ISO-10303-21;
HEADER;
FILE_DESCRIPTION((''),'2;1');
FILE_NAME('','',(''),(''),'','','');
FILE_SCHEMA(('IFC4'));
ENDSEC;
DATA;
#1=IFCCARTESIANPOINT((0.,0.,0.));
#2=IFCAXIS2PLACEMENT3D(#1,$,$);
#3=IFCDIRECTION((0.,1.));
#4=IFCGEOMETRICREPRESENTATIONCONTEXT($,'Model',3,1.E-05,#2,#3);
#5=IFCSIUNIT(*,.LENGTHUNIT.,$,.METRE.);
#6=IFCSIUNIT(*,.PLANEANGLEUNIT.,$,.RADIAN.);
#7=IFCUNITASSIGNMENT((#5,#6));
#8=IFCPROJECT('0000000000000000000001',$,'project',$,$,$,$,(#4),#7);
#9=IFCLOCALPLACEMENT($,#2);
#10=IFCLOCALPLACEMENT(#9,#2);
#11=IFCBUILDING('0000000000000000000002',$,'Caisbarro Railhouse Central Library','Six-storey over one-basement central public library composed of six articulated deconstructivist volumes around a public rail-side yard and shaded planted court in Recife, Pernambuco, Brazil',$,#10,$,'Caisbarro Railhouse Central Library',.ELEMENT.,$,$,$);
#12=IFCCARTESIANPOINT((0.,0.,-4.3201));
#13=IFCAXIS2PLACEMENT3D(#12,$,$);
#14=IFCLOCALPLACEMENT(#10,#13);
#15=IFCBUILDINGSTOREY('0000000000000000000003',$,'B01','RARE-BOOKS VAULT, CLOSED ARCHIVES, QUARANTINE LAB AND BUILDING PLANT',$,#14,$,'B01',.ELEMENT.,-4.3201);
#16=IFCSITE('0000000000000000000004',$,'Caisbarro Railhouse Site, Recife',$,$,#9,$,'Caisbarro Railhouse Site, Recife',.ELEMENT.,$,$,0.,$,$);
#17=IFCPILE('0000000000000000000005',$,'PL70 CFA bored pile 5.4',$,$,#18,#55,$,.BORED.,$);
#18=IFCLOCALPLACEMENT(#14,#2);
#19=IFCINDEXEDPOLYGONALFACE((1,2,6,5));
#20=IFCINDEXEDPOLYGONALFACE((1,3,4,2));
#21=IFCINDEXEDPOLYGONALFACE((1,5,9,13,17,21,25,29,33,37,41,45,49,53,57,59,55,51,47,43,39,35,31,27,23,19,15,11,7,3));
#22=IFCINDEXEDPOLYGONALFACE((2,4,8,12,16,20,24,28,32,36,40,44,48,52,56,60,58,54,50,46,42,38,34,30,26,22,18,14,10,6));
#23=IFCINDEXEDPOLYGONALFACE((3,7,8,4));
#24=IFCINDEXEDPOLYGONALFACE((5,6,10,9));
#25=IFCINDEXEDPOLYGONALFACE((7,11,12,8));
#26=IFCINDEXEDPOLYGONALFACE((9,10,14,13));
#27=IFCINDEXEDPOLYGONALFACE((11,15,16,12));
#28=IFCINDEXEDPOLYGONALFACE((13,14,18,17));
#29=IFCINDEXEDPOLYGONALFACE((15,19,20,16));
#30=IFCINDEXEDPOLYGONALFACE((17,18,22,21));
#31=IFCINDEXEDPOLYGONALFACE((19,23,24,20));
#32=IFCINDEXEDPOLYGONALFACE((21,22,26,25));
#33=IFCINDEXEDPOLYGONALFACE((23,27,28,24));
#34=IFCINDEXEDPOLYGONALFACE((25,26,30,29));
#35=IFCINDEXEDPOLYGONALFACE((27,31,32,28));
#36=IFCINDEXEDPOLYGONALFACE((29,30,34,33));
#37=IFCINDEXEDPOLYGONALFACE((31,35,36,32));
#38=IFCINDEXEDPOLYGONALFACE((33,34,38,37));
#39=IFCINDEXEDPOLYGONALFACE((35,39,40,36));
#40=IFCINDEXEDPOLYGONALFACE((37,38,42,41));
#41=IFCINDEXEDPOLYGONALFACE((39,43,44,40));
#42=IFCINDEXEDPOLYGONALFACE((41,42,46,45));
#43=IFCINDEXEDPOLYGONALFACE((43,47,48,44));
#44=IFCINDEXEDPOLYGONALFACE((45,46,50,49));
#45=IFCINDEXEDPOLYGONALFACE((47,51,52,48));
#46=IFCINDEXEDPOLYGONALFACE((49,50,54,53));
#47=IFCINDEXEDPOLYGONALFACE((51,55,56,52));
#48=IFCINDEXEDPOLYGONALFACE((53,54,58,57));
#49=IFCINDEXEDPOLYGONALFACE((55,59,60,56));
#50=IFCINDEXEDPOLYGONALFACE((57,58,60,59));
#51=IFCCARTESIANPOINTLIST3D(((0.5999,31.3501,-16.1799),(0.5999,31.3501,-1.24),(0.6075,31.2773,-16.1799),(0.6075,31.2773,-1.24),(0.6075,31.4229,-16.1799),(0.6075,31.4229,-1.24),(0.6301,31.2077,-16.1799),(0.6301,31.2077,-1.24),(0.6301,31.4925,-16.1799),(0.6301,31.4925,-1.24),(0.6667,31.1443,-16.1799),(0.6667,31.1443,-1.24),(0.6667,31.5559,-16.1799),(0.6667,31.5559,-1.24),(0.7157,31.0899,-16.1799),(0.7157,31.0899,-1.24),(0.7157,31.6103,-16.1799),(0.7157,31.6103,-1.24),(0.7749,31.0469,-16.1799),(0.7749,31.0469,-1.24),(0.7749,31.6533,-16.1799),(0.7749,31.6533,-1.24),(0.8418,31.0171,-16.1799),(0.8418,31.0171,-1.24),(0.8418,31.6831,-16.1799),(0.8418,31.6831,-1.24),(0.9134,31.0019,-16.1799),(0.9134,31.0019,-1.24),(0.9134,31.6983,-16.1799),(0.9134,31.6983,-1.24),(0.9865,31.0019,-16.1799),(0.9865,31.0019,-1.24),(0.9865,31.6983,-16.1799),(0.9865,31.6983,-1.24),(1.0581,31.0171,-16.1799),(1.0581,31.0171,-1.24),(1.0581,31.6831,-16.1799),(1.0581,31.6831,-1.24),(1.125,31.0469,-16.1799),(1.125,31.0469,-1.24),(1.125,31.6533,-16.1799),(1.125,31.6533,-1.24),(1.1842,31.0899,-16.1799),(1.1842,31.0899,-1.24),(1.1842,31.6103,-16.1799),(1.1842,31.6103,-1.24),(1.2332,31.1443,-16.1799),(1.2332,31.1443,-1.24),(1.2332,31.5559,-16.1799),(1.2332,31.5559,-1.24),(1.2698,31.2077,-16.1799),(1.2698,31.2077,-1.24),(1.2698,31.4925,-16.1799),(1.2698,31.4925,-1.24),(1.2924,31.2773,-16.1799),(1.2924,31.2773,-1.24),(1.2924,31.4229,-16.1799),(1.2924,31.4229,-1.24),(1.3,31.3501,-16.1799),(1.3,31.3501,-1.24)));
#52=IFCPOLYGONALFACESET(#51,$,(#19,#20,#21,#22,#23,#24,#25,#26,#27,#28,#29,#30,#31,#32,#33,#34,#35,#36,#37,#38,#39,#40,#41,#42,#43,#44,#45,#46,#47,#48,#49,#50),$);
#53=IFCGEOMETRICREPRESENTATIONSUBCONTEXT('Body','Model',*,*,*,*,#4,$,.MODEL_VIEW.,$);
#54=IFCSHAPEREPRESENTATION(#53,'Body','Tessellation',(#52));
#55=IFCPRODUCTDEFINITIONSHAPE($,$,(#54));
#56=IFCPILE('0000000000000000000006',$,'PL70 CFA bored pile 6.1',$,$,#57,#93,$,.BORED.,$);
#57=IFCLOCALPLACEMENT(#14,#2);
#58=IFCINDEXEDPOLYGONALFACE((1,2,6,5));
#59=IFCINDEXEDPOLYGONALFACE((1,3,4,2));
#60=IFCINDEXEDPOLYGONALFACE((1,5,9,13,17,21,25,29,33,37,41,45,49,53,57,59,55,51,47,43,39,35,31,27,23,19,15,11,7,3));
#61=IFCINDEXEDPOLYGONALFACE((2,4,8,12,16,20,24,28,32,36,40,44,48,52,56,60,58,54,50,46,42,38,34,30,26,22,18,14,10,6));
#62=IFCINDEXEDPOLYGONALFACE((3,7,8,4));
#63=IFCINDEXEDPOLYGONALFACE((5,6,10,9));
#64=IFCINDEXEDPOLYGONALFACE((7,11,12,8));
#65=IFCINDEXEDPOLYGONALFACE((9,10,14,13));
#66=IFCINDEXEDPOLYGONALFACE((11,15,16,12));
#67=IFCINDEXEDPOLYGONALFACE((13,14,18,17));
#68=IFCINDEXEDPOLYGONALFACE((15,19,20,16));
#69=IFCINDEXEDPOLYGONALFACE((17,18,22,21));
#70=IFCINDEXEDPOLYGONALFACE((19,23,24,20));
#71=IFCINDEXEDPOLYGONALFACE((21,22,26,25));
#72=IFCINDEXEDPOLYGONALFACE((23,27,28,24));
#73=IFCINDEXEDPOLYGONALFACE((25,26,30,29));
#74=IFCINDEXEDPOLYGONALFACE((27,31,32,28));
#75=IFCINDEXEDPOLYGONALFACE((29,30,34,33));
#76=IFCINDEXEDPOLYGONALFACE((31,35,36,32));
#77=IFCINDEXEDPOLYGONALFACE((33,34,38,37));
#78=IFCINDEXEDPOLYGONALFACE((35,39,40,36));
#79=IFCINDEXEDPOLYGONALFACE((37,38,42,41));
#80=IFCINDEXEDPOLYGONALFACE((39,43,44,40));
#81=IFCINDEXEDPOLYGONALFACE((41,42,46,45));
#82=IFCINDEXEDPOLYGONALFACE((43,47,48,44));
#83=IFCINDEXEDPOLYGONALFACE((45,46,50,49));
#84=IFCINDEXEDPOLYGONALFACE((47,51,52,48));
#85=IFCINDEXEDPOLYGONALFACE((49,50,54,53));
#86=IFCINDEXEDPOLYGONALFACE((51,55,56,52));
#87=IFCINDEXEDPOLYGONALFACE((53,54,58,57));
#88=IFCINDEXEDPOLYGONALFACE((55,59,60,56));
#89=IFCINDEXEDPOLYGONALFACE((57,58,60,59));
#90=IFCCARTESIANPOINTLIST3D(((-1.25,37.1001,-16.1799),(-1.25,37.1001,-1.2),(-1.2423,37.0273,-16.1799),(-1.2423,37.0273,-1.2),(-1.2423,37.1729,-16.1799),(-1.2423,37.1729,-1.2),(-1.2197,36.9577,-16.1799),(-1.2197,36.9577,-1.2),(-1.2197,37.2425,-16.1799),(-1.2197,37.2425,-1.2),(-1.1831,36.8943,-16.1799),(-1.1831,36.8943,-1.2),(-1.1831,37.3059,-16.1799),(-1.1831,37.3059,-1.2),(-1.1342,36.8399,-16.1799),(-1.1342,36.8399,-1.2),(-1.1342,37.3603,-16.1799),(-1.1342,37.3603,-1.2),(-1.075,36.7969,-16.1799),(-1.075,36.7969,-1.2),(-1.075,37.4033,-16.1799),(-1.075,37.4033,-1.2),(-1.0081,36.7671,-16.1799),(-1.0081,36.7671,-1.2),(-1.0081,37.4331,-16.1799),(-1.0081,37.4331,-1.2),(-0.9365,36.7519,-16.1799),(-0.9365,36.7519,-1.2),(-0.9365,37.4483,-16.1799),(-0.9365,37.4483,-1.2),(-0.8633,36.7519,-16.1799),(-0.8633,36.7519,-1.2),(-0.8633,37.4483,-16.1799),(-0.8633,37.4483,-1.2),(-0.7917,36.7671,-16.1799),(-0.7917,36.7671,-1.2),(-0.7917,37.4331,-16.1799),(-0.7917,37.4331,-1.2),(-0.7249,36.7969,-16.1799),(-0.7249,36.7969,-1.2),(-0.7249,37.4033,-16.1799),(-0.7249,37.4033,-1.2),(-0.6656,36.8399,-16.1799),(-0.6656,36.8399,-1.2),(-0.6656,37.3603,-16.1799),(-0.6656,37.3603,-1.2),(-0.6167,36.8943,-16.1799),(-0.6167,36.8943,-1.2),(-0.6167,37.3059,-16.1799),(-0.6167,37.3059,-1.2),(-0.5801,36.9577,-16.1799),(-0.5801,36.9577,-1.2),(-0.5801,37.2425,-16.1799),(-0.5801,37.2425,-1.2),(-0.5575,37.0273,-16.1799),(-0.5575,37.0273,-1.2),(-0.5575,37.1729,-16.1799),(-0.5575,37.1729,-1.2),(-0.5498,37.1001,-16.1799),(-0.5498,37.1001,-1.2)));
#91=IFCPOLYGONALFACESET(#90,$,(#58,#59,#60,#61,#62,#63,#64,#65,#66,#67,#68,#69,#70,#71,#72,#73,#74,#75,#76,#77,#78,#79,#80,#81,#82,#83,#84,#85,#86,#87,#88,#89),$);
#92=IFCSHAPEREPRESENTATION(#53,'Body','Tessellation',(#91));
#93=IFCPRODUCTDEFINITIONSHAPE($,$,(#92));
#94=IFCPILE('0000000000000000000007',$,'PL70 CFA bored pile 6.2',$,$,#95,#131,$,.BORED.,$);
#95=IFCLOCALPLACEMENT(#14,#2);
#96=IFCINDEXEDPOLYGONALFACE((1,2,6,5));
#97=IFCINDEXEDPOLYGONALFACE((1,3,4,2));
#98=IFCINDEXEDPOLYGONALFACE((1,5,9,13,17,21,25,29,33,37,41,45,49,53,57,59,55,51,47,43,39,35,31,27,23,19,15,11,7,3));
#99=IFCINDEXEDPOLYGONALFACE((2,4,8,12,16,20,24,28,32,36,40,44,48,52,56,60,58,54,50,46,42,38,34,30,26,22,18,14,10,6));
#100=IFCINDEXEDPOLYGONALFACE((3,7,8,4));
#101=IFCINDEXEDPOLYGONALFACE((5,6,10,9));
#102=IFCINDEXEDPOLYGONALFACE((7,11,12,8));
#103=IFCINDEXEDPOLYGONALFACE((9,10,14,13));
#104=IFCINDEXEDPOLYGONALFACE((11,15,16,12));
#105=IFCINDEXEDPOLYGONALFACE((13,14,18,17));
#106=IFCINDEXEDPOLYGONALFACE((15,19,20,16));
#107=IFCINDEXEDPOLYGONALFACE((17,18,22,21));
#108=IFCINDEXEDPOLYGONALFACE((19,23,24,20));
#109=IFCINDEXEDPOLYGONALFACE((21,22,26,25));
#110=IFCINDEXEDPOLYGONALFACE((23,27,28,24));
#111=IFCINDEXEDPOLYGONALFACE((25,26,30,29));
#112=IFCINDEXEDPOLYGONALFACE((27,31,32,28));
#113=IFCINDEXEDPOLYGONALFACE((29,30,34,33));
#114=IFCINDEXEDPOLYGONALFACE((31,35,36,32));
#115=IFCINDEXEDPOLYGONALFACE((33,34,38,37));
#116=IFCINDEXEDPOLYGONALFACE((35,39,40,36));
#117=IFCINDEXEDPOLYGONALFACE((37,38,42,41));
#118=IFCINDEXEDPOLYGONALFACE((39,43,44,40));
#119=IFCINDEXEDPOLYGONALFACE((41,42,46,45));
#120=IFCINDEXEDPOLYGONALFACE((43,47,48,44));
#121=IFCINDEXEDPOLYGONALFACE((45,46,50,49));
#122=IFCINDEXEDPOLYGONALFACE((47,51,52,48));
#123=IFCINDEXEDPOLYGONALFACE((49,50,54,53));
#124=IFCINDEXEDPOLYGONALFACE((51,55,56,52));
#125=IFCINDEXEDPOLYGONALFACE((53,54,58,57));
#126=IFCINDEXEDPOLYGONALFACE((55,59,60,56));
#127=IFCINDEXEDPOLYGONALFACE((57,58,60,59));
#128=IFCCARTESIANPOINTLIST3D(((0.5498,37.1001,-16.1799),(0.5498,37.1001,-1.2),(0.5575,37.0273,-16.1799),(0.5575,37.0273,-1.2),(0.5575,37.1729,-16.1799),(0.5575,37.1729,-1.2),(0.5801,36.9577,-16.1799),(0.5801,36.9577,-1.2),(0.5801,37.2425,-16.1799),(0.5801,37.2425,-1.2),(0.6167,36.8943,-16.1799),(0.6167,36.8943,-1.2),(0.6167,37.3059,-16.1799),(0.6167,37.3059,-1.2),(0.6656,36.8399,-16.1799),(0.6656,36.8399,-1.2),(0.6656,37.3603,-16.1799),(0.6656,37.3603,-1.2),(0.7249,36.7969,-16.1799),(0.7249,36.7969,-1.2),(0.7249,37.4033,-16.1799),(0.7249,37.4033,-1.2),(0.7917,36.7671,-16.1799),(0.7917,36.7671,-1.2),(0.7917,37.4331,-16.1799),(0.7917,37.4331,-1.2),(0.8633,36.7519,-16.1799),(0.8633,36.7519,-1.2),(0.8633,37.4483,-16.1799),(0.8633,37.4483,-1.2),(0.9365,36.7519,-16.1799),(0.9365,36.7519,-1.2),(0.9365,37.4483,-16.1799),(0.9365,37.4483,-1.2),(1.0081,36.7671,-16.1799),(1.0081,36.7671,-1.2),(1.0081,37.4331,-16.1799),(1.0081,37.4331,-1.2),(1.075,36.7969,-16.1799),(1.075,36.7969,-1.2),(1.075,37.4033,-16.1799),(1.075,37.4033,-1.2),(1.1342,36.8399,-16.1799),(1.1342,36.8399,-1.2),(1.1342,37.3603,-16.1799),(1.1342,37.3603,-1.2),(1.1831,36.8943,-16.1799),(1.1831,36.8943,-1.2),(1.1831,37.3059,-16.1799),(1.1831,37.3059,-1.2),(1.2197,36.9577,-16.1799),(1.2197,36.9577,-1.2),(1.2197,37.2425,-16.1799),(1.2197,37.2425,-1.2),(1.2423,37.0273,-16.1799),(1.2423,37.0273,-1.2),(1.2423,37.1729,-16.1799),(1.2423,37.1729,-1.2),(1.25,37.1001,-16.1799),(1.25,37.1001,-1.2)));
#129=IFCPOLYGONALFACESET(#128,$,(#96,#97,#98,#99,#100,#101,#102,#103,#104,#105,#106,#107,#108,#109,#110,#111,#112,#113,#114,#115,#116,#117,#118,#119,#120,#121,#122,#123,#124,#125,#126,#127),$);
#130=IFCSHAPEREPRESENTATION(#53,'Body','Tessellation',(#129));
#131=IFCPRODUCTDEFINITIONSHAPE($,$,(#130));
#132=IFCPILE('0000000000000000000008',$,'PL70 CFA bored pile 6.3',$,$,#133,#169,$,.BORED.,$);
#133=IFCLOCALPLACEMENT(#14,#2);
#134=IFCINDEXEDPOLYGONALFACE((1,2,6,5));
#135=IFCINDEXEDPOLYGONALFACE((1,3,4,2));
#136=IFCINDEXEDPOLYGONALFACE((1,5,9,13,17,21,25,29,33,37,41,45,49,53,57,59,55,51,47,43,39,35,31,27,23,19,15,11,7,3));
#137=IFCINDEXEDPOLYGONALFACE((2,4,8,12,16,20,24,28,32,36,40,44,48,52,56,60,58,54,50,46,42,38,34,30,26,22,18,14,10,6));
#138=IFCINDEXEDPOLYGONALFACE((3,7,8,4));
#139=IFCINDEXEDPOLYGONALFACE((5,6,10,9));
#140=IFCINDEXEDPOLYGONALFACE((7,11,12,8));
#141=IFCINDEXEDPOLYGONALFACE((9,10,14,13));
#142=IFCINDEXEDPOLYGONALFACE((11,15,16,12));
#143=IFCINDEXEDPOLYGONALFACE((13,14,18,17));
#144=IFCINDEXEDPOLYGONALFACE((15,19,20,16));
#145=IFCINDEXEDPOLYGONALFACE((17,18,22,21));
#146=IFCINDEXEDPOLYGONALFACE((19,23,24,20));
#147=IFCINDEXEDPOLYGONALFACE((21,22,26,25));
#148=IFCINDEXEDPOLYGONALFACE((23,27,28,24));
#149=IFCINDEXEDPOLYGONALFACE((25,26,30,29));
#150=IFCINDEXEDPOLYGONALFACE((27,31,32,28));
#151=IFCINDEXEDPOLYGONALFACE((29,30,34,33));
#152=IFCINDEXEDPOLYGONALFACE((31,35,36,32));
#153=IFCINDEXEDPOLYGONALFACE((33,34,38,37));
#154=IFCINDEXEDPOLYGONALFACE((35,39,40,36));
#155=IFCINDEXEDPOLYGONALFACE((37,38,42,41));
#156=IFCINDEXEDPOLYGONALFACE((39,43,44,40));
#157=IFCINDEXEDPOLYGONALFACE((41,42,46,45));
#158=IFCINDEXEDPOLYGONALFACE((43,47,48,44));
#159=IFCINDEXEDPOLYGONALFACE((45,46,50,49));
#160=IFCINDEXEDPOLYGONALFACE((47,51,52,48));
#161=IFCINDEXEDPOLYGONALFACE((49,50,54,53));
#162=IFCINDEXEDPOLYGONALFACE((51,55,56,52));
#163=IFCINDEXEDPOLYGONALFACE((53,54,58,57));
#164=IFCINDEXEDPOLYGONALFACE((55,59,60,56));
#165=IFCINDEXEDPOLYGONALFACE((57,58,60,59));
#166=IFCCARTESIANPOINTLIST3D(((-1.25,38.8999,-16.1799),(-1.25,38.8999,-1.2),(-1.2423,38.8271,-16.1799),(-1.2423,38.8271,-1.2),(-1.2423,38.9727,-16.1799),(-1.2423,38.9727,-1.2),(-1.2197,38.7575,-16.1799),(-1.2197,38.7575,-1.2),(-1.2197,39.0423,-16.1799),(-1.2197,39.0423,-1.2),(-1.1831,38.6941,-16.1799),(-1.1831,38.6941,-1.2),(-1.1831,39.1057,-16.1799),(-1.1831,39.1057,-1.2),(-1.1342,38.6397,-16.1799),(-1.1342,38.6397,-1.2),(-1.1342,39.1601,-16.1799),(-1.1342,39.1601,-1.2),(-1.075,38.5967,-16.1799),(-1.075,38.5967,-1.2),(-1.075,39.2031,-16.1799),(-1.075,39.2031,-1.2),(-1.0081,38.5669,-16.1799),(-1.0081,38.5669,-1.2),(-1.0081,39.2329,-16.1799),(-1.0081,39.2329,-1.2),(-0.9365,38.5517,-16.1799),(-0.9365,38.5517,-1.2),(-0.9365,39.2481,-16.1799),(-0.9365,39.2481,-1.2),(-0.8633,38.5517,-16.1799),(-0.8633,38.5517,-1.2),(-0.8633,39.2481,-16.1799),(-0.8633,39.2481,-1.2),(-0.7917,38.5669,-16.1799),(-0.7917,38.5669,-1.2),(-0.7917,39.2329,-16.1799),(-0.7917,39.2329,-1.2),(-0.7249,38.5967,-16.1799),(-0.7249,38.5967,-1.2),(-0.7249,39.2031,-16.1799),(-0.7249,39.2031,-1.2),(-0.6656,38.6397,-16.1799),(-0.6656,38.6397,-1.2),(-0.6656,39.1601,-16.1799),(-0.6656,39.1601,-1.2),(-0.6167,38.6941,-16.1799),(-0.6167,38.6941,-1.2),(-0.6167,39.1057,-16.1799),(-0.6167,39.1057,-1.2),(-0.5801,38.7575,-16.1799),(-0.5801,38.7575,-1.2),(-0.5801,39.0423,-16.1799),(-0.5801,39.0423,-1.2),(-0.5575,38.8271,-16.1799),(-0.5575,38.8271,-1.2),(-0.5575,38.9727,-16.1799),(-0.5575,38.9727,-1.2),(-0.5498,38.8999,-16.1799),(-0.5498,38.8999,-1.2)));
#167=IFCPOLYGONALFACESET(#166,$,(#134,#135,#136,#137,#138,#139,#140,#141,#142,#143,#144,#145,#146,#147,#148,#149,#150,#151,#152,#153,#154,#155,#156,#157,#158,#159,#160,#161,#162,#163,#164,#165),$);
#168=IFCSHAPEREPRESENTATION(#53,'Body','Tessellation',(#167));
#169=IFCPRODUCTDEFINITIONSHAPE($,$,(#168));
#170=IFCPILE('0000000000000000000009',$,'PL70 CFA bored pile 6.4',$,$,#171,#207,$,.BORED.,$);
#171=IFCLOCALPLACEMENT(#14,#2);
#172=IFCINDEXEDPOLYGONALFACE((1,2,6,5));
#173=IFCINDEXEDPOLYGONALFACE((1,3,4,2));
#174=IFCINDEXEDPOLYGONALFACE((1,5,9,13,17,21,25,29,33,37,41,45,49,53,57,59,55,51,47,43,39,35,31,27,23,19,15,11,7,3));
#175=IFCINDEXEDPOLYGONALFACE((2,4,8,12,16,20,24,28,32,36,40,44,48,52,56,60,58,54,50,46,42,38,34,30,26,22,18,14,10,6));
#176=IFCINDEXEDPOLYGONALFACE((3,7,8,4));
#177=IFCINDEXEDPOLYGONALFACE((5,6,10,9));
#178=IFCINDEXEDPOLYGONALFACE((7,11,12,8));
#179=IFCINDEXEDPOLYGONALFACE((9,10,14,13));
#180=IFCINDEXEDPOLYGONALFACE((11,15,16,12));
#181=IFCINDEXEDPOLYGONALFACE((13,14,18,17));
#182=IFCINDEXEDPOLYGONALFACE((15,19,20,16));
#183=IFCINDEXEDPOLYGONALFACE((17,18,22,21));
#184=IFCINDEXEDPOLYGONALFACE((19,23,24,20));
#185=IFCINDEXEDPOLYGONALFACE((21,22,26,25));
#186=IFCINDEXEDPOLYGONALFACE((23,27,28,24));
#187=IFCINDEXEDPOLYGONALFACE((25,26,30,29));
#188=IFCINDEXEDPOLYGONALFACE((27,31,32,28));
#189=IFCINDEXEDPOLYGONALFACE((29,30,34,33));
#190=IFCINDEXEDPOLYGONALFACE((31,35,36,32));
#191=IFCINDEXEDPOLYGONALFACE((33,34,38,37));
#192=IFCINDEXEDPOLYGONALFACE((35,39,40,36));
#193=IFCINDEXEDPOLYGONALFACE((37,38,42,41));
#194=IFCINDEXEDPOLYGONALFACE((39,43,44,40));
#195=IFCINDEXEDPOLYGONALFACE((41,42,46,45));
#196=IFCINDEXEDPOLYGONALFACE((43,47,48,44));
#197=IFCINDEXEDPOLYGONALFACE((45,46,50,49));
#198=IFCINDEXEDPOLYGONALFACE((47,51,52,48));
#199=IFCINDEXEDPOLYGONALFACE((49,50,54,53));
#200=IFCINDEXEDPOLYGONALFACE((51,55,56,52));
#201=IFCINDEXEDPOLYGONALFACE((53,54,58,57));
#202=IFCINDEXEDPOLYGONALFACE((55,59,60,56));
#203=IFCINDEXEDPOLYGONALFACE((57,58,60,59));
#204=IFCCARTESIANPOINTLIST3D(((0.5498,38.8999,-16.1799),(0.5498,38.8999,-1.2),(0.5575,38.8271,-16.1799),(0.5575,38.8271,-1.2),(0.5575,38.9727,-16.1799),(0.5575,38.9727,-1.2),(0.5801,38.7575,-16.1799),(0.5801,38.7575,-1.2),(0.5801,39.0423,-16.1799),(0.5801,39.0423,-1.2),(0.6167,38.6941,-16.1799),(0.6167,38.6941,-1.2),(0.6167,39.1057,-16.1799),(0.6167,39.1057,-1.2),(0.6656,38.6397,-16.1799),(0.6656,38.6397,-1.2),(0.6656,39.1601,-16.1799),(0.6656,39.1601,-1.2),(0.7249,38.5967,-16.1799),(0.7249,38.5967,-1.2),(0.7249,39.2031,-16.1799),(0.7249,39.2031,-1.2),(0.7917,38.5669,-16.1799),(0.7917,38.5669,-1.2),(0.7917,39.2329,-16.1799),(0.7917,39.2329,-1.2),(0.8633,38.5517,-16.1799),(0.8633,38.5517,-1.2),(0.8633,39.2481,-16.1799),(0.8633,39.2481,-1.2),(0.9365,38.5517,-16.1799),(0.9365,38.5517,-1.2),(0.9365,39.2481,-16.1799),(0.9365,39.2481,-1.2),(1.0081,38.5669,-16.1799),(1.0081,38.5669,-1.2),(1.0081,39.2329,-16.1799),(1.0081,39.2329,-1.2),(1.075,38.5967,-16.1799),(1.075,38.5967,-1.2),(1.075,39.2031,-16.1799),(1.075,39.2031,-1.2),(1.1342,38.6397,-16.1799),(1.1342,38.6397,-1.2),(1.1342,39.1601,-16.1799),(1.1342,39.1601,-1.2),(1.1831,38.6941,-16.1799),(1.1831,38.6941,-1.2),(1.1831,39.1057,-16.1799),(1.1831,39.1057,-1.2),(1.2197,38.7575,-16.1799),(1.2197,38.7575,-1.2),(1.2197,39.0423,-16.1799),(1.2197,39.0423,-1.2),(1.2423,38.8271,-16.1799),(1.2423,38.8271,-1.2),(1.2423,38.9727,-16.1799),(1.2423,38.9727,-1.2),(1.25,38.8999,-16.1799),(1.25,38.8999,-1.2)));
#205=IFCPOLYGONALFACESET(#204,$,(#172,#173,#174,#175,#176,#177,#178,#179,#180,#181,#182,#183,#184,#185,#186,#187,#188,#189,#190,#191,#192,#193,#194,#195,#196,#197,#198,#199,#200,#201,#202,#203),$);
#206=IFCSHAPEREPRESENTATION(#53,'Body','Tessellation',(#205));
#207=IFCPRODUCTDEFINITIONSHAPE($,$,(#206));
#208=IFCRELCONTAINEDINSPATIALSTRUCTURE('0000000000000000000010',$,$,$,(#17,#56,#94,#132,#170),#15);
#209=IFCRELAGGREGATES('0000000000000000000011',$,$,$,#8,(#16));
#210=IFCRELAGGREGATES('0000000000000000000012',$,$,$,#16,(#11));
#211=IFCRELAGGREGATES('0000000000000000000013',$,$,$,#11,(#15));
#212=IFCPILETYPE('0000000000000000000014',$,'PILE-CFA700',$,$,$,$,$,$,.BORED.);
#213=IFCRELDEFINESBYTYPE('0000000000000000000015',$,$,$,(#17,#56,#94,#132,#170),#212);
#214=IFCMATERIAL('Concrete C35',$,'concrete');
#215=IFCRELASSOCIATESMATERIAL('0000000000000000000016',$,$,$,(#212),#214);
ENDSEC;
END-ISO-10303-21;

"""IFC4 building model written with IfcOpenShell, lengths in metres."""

from ifc_helpers import new_model, si_unit, direction, frame, origin, origin_2d, place, context, subcontext, project, spatial, circle, extrude, material, material_profile, profile_set, type_object, element, save


model = new_model("IFC4")

# Units and contexts
model_context = context("Model", 3, precision=1e-05, world=origin(), true_north=direction((0.0, 1.0)))
body_context = subcontext(model_context, "Body", "Model", "MODEL_VIEW")
ifc_project = project(units=[si_unit("LENGTHUNIT", "METRE"), si_unit("PLANEANGLEUNIT", "RADIAN")], contexts=[model_context])

# Site, building, storey
site_placement = place(None, origin())
site = spatial("IfcSite", under=ifc_project, at=site_placement, Name="Caisbarro Railhouse Site, Recife", LongName="Caisbarro Railhouse Site, Recife", CompositionType="ELEMENT", RefElevation=0.0)
building_placement = place(site_placement, origin())
building = spatial("IfcBuilding", under=site, at=building_placement, Name="Caisbarro Railhouse Central Library", Description="Six-storey over one-basement central public library composed of six articulated deconstructivist volumes around a public rail-side yard and shaded planted court in Recife, Pernambuco, Brazil", LongName="Caisbarro Railhouse Central Library", CompositionType="ELEMENT")
storey_placement = place(building_placement, frame((0.0, 0.0, -4.3201)))
storey = spatial("IfcBuildingStorey", under=building, at=storey_placement, Name="B01", Description="RARE-BOOKS VAULT, CLOSED ARCHIVES, QUARANTINE LAB AND BUILDING PLANT", LongName="B01", CompositionType="ELEMENT", Elevation=-4.3201)

# Shared definitions
ifc_material_1 = material(Name="Concrete C35", Category="concrete")

# Piles
ifc_material_profile_1 = material_profile(ifc_material_1, circle(Radius=0.3501, at=origin_2d()), Name="PILE-CFA-700")
ifc_profile_set_1 = profile_set([ifc_material_profile_1], Name="Concrete C35")
pile_type_1 = type_object("IfcPileType", Name="PILE-CFA700", PredefinedType="BORED", material=ifc_profile_set_1)
for number, where, z_axis, x_axis, name in (
    (1, (0.95, 31.3501, -1.24), (0.0, 0.0, -1.0), (1.0, 0.0, 0.0), "PL70 CFA bored pile 5.4"),
):
    element("IfcPile", number, at=place(storey_placement, frame(where, z_axis=z_axis, x_axis=x_axis)), inside=storey, type_object=pile_type_1, Name=name, PredefinedType="BORED", context=body_context, shape_type="SweptSolid", body=[
        extrude(circle(Radius=0.3501, at=origin_2d()), origin(), (0.0, 0.0, 1.0), 14.9399),
    ])
for number, where, z_axis, x_axis, name in (
    (2, (-0.8999, 37.1001, -1.2), (0.0, 0.0, -1.0), (1.0, 0.0, 0.0), "PL70 CFA bored pile 6.1"),
    (3, (0.8999, 37.1001, -1.2), (0.0, 0.0, -1.0), (1.0, 0.0, 0.0), "PL70 CFA bored pile 6.2"),
    (4, (-0.8999, 38.8999, -1.2), (0.0, 0.0, -1.0), (1.0, 0.0, 0.0), "PL70 CFA bored pile 6.3"),
    (5, (0.8999, 38.8999, -1.2), (0.0, 0.0, -1.0), (1.0, 0.0, 0.0), "PL70 CFA bored pile 6.4"),
):
    element("IfcPile", number, at=place(storey_placement, frame(where, z_axis=z_axis, x_axis=x_axis)), inside=storey, type_object=pile_type_1, Name=name, PredefinedType="BORED", context=body_context, shape_type="SweptSolid", body=[
        extrude(circle(Radius=0.3501, at=origin_2d()), origin(), (0.0, 0.0, 1.0), 14.98),
    ])

save(model, "model.ifc")
